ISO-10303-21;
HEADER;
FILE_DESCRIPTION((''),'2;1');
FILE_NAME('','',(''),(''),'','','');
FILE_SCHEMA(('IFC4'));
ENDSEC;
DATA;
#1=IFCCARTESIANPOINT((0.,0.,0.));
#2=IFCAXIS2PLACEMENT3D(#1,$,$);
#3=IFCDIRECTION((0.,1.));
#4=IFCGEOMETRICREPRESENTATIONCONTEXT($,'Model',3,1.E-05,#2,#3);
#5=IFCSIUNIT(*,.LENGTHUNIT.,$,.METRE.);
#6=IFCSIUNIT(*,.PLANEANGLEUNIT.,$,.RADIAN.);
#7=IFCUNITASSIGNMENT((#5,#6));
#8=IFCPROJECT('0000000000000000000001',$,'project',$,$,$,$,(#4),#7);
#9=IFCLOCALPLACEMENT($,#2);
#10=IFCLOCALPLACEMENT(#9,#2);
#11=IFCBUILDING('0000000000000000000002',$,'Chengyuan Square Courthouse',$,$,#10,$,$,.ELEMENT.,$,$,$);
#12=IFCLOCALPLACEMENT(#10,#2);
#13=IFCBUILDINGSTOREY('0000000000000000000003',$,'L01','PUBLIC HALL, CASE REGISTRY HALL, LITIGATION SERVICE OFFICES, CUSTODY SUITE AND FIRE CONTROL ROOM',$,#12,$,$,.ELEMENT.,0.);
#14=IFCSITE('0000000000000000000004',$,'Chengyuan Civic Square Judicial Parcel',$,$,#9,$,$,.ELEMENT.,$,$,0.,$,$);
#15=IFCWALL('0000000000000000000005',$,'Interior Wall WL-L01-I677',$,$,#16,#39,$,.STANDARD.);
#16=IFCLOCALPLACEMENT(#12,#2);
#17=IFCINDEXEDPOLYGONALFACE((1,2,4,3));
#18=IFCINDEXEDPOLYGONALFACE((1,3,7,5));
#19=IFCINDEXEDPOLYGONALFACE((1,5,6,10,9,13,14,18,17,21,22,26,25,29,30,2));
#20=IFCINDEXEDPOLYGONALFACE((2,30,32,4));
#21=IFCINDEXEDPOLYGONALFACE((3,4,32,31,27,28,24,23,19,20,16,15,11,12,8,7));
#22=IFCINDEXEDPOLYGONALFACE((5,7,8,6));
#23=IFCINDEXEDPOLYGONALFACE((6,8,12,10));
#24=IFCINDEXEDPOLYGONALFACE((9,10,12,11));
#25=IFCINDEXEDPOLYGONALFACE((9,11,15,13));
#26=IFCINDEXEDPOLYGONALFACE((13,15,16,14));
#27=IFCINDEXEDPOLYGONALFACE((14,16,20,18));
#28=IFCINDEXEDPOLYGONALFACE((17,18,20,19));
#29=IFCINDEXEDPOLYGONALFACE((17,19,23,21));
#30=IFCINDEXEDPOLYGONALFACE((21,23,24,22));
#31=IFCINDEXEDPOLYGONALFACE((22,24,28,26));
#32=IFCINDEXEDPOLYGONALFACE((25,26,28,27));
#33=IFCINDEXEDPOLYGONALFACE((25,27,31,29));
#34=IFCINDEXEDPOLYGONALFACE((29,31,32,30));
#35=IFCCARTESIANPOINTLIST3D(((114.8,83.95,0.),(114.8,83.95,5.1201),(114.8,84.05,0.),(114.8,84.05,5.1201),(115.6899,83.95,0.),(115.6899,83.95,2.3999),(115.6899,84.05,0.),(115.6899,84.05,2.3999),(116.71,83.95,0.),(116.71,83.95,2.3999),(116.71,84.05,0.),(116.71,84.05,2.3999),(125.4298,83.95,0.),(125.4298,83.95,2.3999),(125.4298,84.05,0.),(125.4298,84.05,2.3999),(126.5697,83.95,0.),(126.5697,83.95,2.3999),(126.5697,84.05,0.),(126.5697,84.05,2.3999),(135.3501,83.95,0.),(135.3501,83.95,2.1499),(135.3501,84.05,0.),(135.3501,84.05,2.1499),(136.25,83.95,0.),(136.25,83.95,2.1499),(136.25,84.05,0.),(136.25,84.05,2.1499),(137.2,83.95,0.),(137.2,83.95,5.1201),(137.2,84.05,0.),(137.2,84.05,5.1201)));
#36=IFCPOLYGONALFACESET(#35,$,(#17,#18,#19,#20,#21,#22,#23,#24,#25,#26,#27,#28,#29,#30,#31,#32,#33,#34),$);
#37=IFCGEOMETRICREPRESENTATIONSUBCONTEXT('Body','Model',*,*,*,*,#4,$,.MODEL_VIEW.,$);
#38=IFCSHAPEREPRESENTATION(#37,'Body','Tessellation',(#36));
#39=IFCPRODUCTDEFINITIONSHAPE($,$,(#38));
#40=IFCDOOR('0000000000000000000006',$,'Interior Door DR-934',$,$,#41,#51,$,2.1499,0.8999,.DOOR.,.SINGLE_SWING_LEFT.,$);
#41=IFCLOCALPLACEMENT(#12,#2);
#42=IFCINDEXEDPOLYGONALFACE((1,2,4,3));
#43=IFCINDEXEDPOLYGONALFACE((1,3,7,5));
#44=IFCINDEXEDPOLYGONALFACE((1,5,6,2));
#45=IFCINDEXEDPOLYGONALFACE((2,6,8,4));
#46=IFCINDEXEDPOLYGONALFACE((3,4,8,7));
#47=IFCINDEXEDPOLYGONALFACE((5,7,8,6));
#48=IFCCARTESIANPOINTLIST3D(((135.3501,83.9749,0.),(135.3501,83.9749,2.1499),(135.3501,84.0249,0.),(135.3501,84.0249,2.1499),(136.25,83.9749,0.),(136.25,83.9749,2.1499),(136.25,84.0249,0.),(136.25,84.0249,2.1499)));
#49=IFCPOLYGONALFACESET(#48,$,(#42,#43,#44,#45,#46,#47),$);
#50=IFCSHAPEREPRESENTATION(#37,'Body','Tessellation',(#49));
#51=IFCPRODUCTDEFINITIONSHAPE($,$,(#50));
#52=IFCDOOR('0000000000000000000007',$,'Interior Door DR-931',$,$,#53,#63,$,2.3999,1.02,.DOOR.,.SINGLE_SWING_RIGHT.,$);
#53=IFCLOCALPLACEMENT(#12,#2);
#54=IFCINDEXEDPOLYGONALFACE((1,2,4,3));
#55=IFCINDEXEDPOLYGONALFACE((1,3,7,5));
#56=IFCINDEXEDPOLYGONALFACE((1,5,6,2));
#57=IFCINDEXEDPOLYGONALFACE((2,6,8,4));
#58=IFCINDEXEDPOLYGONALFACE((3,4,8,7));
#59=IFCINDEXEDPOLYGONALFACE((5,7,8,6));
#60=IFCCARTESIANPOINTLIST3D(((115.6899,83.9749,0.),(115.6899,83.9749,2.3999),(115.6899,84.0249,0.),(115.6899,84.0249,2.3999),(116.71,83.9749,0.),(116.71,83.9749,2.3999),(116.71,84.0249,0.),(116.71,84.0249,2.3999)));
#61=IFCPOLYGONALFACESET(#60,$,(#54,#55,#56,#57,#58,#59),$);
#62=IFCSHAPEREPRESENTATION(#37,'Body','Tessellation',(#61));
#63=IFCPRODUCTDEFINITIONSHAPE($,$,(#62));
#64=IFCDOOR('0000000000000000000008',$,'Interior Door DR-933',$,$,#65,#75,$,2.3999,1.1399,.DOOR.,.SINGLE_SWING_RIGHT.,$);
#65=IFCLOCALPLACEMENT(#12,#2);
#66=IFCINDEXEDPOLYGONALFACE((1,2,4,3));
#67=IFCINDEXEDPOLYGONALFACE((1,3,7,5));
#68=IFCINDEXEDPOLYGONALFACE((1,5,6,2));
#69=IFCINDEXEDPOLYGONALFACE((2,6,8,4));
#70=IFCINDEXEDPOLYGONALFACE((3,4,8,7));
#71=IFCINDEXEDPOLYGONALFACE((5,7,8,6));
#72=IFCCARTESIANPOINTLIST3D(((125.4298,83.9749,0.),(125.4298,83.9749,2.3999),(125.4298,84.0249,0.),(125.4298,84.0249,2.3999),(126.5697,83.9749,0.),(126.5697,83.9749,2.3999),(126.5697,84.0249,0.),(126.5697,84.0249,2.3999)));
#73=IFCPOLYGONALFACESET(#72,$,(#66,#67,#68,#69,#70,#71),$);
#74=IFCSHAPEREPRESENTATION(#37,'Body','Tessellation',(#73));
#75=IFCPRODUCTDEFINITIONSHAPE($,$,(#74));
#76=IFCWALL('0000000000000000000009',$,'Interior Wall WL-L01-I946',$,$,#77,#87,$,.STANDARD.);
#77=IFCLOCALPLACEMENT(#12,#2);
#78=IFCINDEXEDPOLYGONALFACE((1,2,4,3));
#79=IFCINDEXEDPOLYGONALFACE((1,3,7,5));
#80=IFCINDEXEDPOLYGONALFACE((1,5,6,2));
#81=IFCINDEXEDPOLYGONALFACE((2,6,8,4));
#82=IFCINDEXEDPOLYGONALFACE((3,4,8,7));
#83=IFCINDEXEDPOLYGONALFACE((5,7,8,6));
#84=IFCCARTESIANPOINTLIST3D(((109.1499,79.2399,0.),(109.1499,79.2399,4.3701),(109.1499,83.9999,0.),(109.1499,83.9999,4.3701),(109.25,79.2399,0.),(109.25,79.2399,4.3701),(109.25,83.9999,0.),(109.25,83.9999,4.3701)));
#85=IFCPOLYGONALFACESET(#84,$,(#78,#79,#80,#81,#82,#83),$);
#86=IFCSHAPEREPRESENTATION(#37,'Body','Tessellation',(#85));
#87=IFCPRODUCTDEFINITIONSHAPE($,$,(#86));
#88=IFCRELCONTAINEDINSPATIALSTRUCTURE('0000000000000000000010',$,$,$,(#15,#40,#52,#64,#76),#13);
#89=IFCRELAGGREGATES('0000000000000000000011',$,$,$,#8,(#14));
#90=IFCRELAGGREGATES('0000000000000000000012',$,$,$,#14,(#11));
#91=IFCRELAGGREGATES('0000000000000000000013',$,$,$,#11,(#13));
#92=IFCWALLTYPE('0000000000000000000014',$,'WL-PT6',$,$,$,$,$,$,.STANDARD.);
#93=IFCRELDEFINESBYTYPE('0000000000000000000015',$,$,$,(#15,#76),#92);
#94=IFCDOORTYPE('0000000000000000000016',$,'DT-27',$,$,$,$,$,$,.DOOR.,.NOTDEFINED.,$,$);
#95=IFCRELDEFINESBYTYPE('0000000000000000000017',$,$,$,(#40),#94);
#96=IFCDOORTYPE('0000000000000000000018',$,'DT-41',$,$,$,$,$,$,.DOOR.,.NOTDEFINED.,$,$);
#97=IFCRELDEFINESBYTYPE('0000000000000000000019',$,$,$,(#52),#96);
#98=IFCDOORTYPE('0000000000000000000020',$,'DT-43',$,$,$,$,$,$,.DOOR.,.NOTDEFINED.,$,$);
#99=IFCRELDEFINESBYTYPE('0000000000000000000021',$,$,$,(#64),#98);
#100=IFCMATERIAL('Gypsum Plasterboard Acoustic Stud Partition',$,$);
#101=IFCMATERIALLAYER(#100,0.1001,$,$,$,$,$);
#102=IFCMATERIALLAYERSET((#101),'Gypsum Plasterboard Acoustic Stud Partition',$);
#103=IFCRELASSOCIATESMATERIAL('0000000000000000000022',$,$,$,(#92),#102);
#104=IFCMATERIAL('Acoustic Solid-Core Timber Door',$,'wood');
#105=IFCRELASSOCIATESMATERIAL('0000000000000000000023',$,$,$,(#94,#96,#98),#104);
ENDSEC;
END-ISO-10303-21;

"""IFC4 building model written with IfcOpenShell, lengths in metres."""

from ifc_helpers import new_model, si_unit, direction, frame, frame_2d, origin, place, context, subcontext, project, spatial, rectangle, extrude, material, layer, layer_set, type_object, element, fill, save


model = new_model("IFC4")

# Units and contexts
model_context = context("Model", 3, precision=1e-05, world=origin(), true_north=direction((0.0, 1.0)))
body_context = subcontext(model_context, "Body", "Model", "MODEL_VIEW")
ifc_project = project(units=[si_unit("LENGTHUNIT", "METRE"), si_unit("PLANEANGLEUNIT", "RADIAN")], contexts=[model_context])

# Site, building, storey
site_placement = place(None, origin())
site = spatial("IfcSite", under=ifc_project, at=site_placement, Name="Chengyuan Civic Square Judicial Parcel", CompositionType="ELEMENT", RefElevation=0.0)
building_placement = place(site_placement, origin())
building = spatial("IfcBuilding", under=site, at=building_placement, Name="Chengyuan Square Courthouse", CompositionType="ELEMENT")
storey_placement = place(building_placement, origin())
storey = spatial("IfcBuildingStorey", under=building, at=storey_placement, Name="L01", Description="PUBLIC HALL, CASE REGISTRY HALL, LITIGATION SERVICE OFFICES, CUSTODY SUITE AND FIRE CONTROL ROOM", CompositionType="ELEMENT", Elevation=0.0)

# Wall, openings, doors
ifc_material_1 = material(Name="Gypsum Plasterboard Acoustic Stud Partition")
ifc_layer_1 = layer(ifc_material_1, 0.1001)
ifc_layer_set_1 = layer_set([ifc_layer_1], Name="Gypsum Plasterboard Acoustic Stud Partition")
wall_type_1 = type_object("IfcWallType", Name="WL-PT6", PredefinedType="STANDARD", material=ifc_layer_set_1)
wall_1_placement = place(storey_placement, frame((114.8, 84.0, 0.0), z_axis=(0.0, 0.0, 1.0), x_axis=(1.0, 0.0, 0.0)))
wall_1 = element("IfcWall", 1, at=wall_1_placement, inside=storey, type_object=wall_type_1, Name="Interior Wall WL-L01-I677", PredefinedType="STANDARD", context=body_context, shape_type="SweptSolid", body=[
    extrude(rectangle(XDim=22.3999, YDim=0.1001, at=frame_2d((11.2, 0.0))), origin(), (0.0, 0.0, 1.0), 5.1201),
])
opening_1_placement = place(wall_1_placement, frame((0.8899, 0.0, 0.0)))
opening_1 = element("IfcOpeningElement", 2, at=opening_1_placement, cuts=wall_1, PredefinedType="OPENING", context=body_context, shape_type="SweptSolid", body=[
    extrude(rectangle(XDim=1.02, YDim=2.3999, at=frame_2d((0.51, 1.2))), frame((0.0, 0.062, 0.0), z_axis=(0.0, -1.0, 0.0), x_axis=(1.0, 0.0, 0.0)), (0.0, 0.0, 1.0), 0.124),
])
opening_2_placement = place(wall_1_placement, frame((10.6299, 0.0, 0.0)))
opening_2 = element("IfcOpeningElement", 3, at=opening_2_placement, cuts=wall_1, PredefinedType="OPENING", context=body_context, shape_type="SweptSolid", body=[
    extrude(rectangle(XDim=1.1399, YDim=2.3999, at=frame_2d((0.5698, 1.2))), frame((0.0, 0.062, 0.0), z_axis=(0.0, -1.0, 0.0), x_axis=(1.0, 0.0, 0.0)), (0.0, 0.0, 1.0), 0.124),
])
opening_3_placement = place(wall_1_placement, frame((20.55, 0.0, 0.0)))
opening_3 = element("IfcOpeningElement", 4, at=opening_3_placement, cuts=wall_1, PredefinedType="OPENING", context=body_context, shape_type="SweptSolid", body=[
    extrude(rectangle(XDim=0.8999, YDim=2.1499, at=frame_2d((0.45, 1.075))), frame((0.0, 0.062, 0.0), z_axis=(0.0, -1.0, 0.0), x_axis=(1.0, 0.0, 0.0)), (0.0, 0.0, 1.0), 0.124),
])
ifc_material_2 = material(Name="Acoustic Solid-Core Timber Door", Category="wood")
door_type_1 = type_object("IfcDoorType", Name="DT-27", OperationType="NOTDEFINED", PredefinedType="DOOR", material=ifc_material_2)
door_1_placement = place(opening_3_placement, origin())
door_1 = element("IfcDoor", 5, at=door_1_placement, inside=storey, type_object=door_type_1, Name="Interior Door DR-934", OperationType="SINGLE_SWING_LEFT", OverallHeight=2.1499, OverallWidth=0.8999, PredefinedType="DOOR", context=body_context, shape_type="SweptSolid", body=[
    extrude(rectangle(XDim=0.8999, YDim=2.1499, at=frame_2d((0.45, 1.075))), frame((0.0, 0.0249, 0.0), z_axis=(0.0, -1.0, 0.0), x_axis=(1.0, 0.0, 0.0)), (0.0, 0.0, 1.0), 0.05),
])
fill(opening_3, door_1)
door_type_2 = type_object("IfcDoorType", Name="DT-41", OperationType="NOTDEFINED", PredefinedType="DOOR", material=ifc_material_2)
door_2_placement = place(opening_1_placement, origin())
door_2 = element("IfcDoor", 6, at=door_2_placement, inside=storey, type_object=door_type_2, Name="Interior Door DR-931", OperationType="SINGLE_SWING_RIGHT", OverallHeight=2.3999, OverallWidth=1.02, PredefinedType="DOOR", context=body_context, shape_type="SweptSolid", body=[
    extrude(rectangle(XDim=1.02, YDim=2.3999, at=frame_2d((0.51, 1.2))), frame((0.0, 0.0249, 0.0), z_axis=(0.0, -1.0, 0.0), x_axis=(1.0, 0.0, 0.0)), (0.0, 0.0, 1.0), 0.05),
])
fill(opening_1, door_2)
door_type_3 = type_object("IfcDoorType", Name="DT-43", OperationType="NOTDEFINED", PredefinedType="DOOR", material=ifc_material_2)
door_3_placement = place(opening_2_placement, origin())
door_3 = element("IfcDoor", 7, at=door_3_placement, inside=storey, type_object=door_type_3, Name="Interior Door DR-933", OperationType="SINGLE_SWING_RIGHT", OverallHeight=2.3999, OverallWidth=1.1399, PredefinedType="DOOR", context=body_context, shape_type="SweptSolid", body=[
    extrude(rectangle(XDim=1.1399, YDim=2.3999, at=frame_2d((0.5698, 1.2))), frame((0.0, 0.0249, 0.0), z_axis=(0.0, -1.0, 0.0), x_axis=(1.0, 0.0, 0.0)), (0.0, 0.0, 1.0), 0.05),
])
fill(opening_2, door_3)

# Wall
wall_2_placement = place(storey_placement, frame((109.2, 79.24, 0.0), z_axis=(0.0, 0.0, 1.0), x_axis=(0.0, 1.0, 0.0)))
element("IfcWall", 8, at=wall_2_placement, inside=storey, type_object=wall_type_1, Name="Interior Wall WL-L01-I946", PredefinedType="STANDARD", context=body_context, shape_type="SweptSolid", body=[
    extrude(rectangle(XDim=4.76, YDim=0.1001, at=frame_2d((2.3799, 0.0))), origin(), (0.0, 0.0, 1.0), 4.3701),
])

save(model, "model.ifc")
